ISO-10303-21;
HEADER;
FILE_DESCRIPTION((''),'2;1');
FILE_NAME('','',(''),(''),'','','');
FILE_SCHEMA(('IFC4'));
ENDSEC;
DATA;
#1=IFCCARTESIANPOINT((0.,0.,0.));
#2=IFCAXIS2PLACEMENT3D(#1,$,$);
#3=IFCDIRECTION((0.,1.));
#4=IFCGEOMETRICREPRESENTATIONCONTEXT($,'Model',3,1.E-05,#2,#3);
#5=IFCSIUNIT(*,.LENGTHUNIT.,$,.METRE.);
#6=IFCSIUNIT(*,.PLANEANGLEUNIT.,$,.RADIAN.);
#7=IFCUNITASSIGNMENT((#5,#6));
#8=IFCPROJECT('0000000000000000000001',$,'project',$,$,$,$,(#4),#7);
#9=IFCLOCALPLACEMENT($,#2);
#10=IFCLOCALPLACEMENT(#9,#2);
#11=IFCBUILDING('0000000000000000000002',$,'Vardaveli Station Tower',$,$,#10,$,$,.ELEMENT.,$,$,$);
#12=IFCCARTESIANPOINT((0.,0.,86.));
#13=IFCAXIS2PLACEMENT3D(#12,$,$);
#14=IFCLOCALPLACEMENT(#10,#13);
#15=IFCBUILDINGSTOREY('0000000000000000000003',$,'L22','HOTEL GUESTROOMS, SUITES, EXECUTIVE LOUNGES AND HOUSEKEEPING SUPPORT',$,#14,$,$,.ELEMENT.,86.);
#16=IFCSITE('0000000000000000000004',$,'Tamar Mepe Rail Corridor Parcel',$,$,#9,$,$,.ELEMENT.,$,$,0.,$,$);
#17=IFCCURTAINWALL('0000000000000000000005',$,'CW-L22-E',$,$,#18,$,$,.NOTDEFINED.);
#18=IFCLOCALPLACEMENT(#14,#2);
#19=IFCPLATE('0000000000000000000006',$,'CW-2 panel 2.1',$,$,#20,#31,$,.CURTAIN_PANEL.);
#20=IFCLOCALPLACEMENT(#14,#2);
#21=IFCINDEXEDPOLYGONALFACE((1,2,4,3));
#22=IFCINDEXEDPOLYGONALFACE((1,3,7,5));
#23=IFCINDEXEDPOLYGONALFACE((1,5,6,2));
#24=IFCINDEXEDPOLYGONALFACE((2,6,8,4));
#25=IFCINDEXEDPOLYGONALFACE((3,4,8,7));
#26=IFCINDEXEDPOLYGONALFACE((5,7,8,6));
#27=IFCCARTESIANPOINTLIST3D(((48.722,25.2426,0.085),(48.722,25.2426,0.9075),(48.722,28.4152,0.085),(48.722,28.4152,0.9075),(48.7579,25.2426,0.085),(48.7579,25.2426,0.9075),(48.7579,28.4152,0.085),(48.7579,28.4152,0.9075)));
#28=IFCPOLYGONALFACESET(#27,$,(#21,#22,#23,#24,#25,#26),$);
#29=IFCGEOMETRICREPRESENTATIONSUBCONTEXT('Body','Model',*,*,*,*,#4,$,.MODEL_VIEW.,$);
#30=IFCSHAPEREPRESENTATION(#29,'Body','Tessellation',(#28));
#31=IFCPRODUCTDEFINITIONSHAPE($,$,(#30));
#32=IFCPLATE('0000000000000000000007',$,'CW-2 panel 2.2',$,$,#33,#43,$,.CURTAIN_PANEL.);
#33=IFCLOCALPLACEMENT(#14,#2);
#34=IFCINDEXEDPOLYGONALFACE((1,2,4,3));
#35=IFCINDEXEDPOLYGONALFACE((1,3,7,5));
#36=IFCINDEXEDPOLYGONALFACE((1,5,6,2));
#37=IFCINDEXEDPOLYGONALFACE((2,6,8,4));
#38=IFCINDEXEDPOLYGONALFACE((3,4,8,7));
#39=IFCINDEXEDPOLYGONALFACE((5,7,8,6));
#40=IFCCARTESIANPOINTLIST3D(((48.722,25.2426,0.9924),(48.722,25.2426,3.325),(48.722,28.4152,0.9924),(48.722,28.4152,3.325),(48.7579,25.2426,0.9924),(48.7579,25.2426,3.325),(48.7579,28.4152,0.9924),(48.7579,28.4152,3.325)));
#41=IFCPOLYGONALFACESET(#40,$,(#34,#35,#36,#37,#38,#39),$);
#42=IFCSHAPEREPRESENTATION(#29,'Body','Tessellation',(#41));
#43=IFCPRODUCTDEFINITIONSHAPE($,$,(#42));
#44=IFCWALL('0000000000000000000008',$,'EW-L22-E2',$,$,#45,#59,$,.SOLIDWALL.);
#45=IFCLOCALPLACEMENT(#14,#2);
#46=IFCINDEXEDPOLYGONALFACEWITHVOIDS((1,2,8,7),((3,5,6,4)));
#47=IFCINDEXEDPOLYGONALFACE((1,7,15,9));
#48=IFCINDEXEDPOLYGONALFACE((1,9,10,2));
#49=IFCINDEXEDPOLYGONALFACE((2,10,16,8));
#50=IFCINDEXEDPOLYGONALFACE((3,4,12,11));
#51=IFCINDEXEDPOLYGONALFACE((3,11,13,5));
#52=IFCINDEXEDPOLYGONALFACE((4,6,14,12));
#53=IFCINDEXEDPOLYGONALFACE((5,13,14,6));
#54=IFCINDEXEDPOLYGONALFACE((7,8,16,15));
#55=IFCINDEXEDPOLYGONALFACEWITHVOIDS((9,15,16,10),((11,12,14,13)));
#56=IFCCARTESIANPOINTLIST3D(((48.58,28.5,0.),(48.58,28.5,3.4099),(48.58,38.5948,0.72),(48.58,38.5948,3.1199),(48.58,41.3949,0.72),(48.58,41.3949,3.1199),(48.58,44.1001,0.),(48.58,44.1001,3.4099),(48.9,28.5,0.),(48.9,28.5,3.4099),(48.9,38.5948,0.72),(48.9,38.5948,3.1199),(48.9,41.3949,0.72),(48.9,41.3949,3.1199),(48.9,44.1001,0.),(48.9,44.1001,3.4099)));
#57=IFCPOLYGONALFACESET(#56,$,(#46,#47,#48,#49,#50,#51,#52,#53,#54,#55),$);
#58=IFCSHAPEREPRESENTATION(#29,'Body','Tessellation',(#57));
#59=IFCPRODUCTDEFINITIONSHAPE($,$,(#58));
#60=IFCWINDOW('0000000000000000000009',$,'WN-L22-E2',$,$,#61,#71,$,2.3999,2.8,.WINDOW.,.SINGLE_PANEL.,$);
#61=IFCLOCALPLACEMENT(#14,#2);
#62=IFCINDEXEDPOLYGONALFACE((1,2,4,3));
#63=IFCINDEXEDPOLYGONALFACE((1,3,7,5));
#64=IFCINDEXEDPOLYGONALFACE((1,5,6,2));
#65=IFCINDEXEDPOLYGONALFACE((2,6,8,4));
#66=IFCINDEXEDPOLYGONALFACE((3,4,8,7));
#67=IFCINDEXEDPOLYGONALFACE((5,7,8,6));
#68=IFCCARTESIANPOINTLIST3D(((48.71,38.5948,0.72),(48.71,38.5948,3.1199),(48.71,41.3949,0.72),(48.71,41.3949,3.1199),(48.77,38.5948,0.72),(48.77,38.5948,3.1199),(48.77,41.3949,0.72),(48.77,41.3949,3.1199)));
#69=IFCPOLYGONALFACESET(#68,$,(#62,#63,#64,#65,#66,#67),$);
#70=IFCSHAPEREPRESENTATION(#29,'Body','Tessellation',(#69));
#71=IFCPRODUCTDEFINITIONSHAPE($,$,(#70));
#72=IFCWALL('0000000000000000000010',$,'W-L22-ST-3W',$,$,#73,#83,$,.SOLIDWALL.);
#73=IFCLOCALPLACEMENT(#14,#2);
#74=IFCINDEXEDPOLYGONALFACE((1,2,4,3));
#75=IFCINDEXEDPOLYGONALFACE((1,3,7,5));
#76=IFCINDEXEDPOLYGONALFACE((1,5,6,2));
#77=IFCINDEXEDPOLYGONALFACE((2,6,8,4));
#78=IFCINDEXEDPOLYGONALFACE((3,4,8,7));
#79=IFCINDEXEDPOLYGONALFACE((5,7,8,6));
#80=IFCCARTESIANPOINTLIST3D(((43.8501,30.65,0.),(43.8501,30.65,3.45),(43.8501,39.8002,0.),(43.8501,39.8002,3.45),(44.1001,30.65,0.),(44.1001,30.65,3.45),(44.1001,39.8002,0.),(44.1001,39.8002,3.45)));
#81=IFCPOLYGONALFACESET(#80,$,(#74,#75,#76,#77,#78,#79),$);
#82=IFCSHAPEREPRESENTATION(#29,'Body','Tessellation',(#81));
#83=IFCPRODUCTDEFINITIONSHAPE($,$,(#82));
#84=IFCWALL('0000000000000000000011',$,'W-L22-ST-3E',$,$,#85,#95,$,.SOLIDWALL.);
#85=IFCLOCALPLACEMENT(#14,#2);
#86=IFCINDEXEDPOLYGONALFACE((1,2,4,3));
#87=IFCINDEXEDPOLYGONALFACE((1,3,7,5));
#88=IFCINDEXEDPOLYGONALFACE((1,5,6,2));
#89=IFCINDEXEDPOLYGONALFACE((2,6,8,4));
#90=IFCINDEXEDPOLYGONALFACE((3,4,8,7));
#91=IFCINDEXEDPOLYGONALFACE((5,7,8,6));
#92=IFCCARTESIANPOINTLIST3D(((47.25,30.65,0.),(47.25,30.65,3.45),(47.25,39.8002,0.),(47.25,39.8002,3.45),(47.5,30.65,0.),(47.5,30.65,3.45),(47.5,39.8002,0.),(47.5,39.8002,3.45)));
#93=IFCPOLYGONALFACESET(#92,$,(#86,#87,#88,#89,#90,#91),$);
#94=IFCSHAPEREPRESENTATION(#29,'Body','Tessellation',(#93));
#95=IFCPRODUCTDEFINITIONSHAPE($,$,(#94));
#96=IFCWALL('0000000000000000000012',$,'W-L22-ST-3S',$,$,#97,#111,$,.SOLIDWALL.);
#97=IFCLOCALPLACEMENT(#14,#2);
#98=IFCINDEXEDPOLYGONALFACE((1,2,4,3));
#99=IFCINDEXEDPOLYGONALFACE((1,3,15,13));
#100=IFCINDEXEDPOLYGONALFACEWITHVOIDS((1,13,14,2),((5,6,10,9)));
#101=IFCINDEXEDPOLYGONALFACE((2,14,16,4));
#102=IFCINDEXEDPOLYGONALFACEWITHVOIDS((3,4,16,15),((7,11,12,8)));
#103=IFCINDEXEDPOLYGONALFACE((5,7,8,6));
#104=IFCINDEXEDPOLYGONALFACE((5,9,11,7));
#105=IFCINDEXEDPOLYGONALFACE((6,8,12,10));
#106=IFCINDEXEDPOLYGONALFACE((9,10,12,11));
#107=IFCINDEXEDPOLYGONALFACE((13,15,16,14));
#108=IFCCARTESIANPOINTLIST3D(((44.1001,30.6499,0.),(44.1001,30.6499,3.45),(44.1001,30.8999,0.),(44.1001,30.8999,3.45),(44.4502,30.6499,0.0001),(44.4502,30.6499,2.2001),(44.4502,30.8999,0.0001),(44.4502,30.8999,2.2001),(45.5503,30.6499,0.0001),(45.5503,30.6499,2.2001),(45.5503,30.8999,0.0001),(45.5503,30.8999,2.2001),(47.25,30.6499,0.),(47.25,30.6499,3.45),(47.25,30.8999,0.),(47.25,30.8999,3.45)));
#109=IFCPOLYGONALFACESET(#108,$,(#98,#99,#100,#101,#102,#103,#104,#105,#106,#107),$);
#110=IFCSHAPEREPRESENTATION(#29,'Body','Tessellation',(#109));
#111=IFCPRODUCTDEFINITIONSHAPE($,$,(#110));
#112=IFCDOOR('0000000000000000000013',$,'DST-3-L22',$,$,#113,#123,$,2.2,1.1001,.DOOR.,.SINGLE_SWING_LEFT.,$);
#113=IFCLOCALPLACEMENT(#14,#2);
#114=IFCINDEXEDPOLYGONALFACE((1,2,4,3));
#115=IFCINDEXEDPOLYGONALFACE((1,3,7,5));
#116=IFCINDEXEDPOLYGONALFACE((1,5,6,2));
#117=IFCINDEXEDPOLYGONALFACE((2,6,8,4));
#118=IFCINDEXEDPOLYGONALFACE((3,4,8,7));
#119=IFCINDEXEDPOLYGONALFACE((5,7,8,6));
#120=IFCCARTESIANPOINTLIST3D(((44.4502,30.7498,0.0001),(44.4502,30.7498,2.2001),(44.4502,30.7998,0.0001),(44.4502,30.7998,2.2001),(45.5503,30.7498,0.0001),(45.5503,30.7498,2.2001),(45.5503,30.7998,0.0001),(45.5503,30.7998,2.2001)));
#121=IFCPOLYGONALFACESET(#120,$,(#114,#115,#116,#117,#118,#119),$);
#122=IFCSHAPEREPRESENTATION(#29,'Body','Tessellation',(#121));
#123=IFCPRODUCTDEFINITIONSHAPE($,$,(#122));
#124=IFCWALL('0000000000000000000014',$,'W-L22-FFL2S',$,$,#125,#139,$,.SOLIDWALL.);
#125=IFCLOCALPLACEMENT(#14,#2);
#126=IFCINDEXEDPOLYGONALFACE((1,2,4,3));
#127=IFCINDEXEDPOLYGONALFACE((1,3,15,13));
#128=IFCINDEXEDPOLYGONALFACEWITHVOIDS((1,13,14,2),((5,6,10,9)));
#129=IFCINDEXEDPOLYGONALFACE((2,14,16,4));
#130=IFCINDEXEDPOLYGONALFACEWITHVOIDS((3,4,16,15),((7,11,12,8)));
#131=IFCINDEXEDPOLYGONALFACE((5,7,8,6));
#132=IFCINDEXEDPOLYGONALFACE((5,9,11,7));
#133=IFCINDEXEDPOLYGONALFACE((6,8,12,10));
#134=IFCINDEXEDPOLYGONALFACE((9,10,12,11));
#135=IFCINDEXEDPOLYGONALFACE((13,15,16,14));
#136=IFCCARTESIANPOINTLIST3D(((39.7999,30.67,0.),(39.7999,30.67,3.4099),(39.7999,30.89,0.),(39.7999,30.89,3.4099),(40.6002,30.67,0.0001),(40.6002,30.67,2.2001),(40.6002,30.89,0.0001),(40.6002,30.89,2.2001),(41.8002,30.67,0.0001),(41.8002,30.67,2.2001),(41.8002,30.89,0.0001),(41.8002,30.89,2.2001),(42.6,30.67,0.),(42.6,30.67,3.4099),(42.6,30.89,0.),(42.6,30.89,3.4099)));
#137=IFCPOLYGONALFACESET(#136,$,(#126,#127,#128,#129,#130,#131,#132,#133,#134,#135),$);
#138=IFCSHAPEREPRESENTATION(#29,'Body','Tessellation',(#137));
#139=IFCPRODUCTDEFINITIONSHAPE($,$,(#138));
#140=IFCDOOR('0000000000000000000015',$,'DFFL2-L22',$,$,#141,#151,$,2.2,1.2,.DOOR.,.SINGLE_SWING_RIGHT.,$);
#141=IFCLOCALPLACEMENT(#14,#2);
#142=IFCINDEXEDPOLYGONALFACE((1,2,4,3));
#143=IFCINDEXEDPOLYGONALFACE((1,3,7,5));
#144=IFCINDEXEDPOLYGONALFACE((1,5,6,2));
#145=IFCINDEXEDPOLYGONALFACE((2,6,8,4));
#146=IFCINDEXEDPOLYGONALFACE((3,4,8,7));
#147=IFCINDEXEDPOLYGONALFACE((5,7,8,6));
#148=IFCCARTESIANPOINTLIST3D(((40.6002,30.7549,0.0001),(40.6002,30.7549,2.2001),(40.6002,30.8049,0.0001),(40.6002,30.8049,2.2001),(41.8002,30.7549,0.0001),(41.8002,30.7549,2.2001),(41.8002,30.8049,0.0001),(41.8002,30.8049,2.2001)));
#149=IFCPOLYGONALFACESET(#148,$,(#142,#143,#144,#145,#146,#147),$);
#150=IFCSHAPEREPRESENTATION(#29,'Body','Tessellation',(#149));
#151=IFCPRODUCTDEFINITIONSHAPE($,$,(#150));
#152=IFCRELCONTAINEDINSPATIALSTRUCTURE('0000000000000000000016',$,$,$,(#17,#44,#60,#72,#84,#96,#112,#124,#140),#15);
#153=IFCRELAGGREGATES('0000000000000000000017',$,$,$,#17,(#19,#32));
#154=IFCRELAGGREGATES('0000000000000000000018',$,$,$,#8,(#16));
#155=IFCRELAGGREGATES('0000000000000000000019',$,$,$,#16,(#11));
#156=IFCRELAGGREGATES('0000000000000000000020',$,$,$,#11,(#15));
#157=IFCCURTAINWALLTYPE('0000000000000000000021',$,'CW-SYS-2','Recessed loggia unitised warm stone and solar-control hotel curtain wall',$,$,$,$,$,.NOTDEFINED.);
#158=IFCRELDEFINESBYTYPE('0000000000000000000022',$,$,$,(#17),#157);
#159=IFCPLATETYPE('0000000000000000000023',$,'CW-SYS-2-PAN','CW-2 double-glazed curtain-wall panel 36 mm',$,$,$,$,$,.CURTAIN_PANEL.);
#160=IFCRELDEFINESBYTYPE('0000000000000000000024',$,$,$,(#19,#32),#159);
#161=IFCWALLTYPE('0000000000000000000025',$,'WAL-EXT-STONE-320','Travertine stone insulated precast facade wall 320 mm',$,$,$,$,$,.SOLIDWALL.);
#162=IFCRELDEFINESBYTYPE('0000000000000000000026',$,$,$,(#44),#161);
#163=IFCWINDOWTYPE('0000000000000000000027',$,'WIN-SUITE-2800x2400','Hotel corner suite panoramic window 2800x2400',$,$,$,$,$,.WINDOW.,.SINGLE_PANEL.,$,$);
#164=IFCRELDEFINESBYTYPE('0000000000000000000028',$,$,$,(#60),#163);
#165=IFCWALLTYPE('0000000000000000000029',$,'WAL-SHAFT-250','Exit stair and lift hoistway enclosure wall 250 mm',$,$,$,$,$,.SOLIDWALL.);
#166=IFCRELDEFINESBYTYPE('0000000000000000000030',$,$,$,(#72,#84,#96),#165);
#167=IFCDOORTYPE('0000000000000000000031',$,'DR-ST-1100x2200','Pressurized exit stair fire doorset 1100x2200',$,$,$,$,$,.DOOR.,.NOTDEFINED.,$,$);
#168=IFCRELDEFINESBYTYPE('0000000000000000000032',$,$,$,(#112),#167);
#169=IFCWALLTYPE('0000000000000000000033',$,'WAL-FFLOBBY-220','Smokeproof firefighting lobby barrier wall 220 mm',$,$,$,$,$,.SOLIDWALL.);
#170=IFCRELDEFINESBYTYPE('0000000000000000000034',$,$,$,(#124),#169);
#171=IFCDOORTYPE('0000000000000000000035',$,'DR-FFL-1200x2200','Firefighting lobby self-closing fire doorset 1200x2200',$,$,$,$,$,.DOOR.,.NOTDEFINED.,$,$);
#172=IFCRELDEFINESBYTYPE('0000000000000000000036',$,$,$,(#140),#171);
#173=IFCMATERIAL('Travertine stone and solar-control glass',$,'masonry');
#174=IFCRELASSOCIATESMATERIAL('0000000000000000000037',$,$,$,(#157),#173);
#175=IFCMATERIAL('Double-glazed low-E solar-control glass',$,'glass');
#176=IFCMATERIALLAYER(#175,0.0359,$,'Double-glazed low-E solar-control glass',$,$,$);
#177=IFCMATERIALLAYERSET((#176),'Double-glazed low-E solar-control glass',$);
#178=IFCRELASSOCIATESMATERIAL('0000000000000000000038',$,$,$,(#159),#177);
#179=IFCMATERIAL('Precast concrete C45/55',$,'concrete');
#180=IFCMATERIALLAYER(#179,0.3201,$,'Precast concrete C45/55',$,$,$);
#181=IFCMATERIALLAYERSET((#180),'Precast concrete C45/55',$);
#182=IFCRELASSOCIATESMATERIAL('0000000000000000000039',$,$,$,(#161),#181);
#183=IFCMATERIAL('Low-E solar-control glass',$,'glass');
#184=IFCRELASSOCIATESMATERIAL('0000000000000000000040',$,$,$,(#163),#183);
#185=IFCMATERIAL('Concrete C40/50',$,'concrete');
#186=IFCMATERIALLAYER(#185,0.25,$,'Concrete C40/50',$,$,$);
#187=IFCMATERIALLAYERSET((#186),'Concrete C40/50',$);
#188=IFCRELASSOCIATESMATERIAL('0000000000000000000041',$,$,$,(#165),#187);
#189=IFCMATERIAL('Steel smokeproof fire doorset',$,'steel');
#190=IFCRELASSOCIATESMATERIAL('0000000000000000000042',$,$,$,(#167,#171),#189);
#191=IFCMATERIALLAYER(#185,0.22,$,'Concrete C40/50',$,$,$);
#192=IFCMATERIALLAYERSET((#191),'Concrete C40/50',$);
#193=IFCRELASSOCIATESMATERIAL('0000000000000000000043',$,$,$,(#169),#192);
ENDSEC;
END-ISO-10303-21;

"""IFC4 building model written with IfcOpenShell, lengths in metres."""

from ifc_helpers import new_model, si_unit, direction, frame, frame_2d, origin, origin_2d, place, context, subcontext, project, spatial, rectangle, extrude, source, transform, mapped, material, layer, layer_set, type_object, element, fill, aggregate, save


model = new_model("IFC4")

# Units and contexts
model_context = context("Model", 3, precision=1e-05, world=origin(), true_north=direction((0.0, 1.0)))
body_context = subcontext(model_context, "Body", "Model", "MODEL_VIEW")
ifc_project = project(units=[si_unit("LENGTHUNIT", "METRE"), si_unit("PLANEANGLEUNIT", "RADIAN")], contexts=[model_context])

# Site, building, storey
site_placement = place(None, origin())
site = spatial("IfcSite", under=ifc_project, at=site_placement, Name="Tamar Mepe Rail Corridor Parcel", CompositionType="ELEMENT", RefElevation=0.0)
building_placement = place(site_placement, origin())
building = spatial("IfcBuilding", under=site, at=building_placement, Name="Vardaveli Station Tower", CompositionType="ELEMENT")
storey_placement = place(building_placement, frame((0.0, 0.0, 86.0)))
storey = spatial("IfcBuildingStorey", under=building, at=storey_placement, Name="L22", Description="HOTEL GUESTROOMS, SUITES, EXECUTIVE LOUNGES AND HOUSEKEEPING SUPPORT", CompositionType="ELEMENT", Elevation=86.0)

# Shared definitions
ifc_material_1 = material(Name="Precast concrete C45/55", Category="concrete")

# Curtain wall, plates
ifc_material_2 = material(Name="Travertine stone and solar-control glass", Category="masonry")
curtain_wall_type = type_object("IfcCurtainWallType", Name="CW-SYS-2", Description="Recessed loggia unitised warm stone and solar-control hotel curtain wall", PredefinedType="NOTDEFINED", material=ifc_material_2)
curtain_wall_placement = place(storey_placement, origin())
curtain_wall = element("IfcCurtainWall", 1, at=curtain_wall_placement, inside=storey, type_object=curtain_wall_type, Name="CW-L22-E", PredefinedType="NOTDEFINED")
ifc_material_3 = material(Name="Double-glazed low-E solar-control glass", Category="glass")
ifc_layer_1 = layer(ifc_material_3, 0.0359, Name="Double-glazed low-E solar-control glass")
ifc_layer_set_1 = layer_set([ifc_layer_1], Name="Double-glazed low-E solar-control glass")
plate_type = type_object("IfcPlateType", Name="CW-SYS-2-PAN", Description="CW-2 double-glazed curtain-wall panel 36 mm", PredefinedType="CURTAIN_PANEL", material=ifc_layer_set_1)
shared_shape_1 = source(origin(), body_context, "Body", "SweptSolid", [
    extrude(rectangle(XDim=3.1726, YDim=0.0359, at=origin_2d()), origin(), (0.0, 0.0, 1.0), 0.8225),
])
plate_1_placement = place(storey_placement, frame((48.74, 26.8289, 0.085), z_axis=(0.0, 0.0, 1.0), x_axis=(0.0, 1.0, 0.0)))
plate_1 = element("IfcPlate", 2, at=plate_1_placement, type_object=plate_type, Name="CW-2 panel 2.1", PredefinedType="CURTAIN_PANEL", context=body_context, shape_type="MappedRepresentation", body=[
    mapped(shared_shape_1, transform((0.0, 0.0, 0.0), scale=1.0)),
])
shared_shape_2 = source(origin(), body_context, "Body", "SweptSolid", [
    extrude(rectangle(XDim=3.1726, YDim=0.0359, at=origin_2d()), origin(), (0.0, 0.0, 1.0), 2.3325),
])
plate_2_placement = place(storey_placement, frame((48.74, 26.8289, 0.9924), z_axis=(0.0, 0.0, 1.0), x_axis=(0.0, 1.0, 0.0)))
plate_2 = element("IfcPlate", 3, at=plate_2_placement, type_object=plate_type, Name="CW-2 panel 2.2", PredefinedType="CURTAIN_PANEL", context=body_context, shape_type="MappedRepresentation", body=[
    mapped(shared_shape_2, transform((0.0, 0.0, 0.0), scale=1.0)),
])
aggregate(curtain_wall, [plate_1, plate_2])

# Wall, opening, window
ifc_layer_2 = layer(ifc_material_1, 0.3201, Name="Precast concrete C45/55")
ifc_layer_set_2 = layer_set([ifc_layer_2], Name="Precast concrete C45/55")
wall_type_1 = type_object("IfcWallType", Name="WAL-EXT-STONE-320", Description="Travertine stone insulated precast facade wall 320 mm", PredefinedType="SOLIDWALL", material=ifc_layer_set_2)
shared_shape_3 = source(origin(), body_context, "Body", "SweptSolid", [
    extrude(rectangle(XDim=15.6001, YDim=0.3201, at=frame_2d((7.8, 0.0))), origin(), (0.0, 0.0, 1.0), 3.4099),
])
wall_1_placement = place(storey_placement, frame((48.74, 28.5, 0.0), z_axis=(0.0, 0.0, 1.0), x_axis=(0.0, 1.0, 0.0)))
wall_1 = element("IfcWall", 4, at=wall_1_placement, inside=storey, type_object=wall_type_1, Name="EW-L22-E2", PredefinedType="SOLIDWALL", context=body_context, shape_type="MappedRepresentation", body=[
    mapped(shared_shape_3, transform((0.0, 0.0, 0.0), scale=1.0)),
])
shared_shape_4 = source(origin(), body_context, "Body", "SweptSolid", [
    extrude(rectangle(XDim=2.8, YDim=2.3999, at=frame_2d((1.3999, 1.2))), frame((0.0, 0.1699, 0.0), z_axis=(0.0, -1.0, 0.0), x_axis=(1.0, 0.0, 0.0)), (0.0, 0.0, 1.0), 0.3401),
])
opening_1_placement = place(wall_1_placement, frame((10.095, 0.0, 0.72)))
opening_1 = element("IfcOpeningElement", 5, at=opening_1_placement, cuts=wall_1, PredefinedType="OPENING", context=body_context, shape_type="MappedRepresentation", body=[
    mapped(shared_shape_4, transform((0.0, 0.0, 0.0), scale=1.0)),
])
ifc_material_4 = material(Name="Low-E solar-control glass", Category="glass")
window_type = type_object("IfcWindowType", Name="WIN-SUITE-2800x2400", Description="Hotel corner suite panoramic window 2800x2400", PartitioningType="SINGLE_PANEL", PredefinedType="WINDOW", material=ifc_material_4)
shared_shape_5 = source(origin(), body_context, "Body", "SweptSolid", [
    extrude(rectangle(XDim=2.8, YDim=2.3999, at=frame_2d((1.3999, 1.2))), frame((0.0, 0.03, 0.0), z_axis=(0.0, -1.0, 0.0), x_axis=(1.0, 0.0, 0.0)), (0.0, 0.0, 1.0), 0.0601),
])
window_placement = place(opening_1_placement, origin())
window = element("IfcWindow", 6, at=window_placement, inside=storey, type_object=window_type, Name="WN-L22-E2", OverallHeight=2.3999, OverallWidth=2.8, PartitioningType="SINGLE_PANEL", PredefinedType="WINDOW", context=body_context, shape_type="MappedRepresentation", body=[
    mapped(shared_shape_5, transform((0.0, 0.0, 0.0), scale=1.0)),
])
fill(opening_1, window)

# Walls
ifc_material_5 = material(Name="Concrete C40/50", Category="concrete")
ifc_layer_3 = layer(ifc_material_5, 0.25, Name="Concrete C40/50")
ifc_layer_set_3 = layer_set([ifc_layer_3], Name="Concrete C40/50")
wall_type_2 = type_object("IfcWallType", Name="WAL-SHAFT-250", Description="Exit stair and lift hoistway enclosure wall 250 mm", PredefinedType="SOLIDWALL", material=ifc_layer_set_3)
shared_shape_6 = source(origin(), body_context, "Body", "SweptSolid", [
    extrude(rectangle(XDim=9.1501, YDim=0.25, at=frame_2d((4.5752, 0.0))), origin(), (0.0, 0.0, 1.0), 3.45),
])
for number, where, z_axis, x_axis, name in (
    (7, (43.9751, 30.6499, 0.0), (0.0, 0.0, 1.0), (0.0, 1.0, 0.0), "W-L22-ST-3W"),
    (8, (47.375, 30.6499, 0.0), (0.0, 0.0, 1.0), (0.0, 1.0, 0.0), "W-L22-ST-3E"),
):
    element("IfcWall", number, at=place(storey_placement, frame(where, z_axis=z_axis, x_axis=x_axis)), inside=storey, type_object=wall_type_2, Name=name, PredefinedType="SOLIDWALL", context=body_context, shape_type="MappedRepresentation", body=[
        mapped(shared_shape_6, transform((0.0, 0.0, 0.0), scale=1.0)),
    ])

# Walls, openings, doors
shared_shape_7 = source(origin(), body_context, "Body", "SweptSolid", [
    extrude(rectangle(XDim=3.1499, YDim=0.25, at=frame_2d((1.575, 0.0))), origin(), (0.0, 0.0, 1.0), 3.45),
])
wall_2_placement = place(storey_placement, frame((44.1001, 30.7749, 0.0), z_axis=(0.0, 0.0, 1.0), x_axis=(1.0, 0.0, 0.0)))
wall_2 = element("IfcWall", 9, at=wall_2_placement, inside=storey, type_object=wall_type_2, Name="W-L22-ST-3S", PredefinedType="SOLIDWALL", context=body_context, shape_type="MappedRepresentation", body=[
    mapped(shared_shape_7, transform((0.0, 0.0, 0.0), scale=1.0)),
])
shared_shape_8 = source(origin(), body_context, "Body", "SweptSolid", [
    extrude(rectangle(XDim=1.1001, YDim=2.2, at=frame_2d((0.55, 1.1001))), frame((0.0, 0.135, 0.0), z_axis=(0.0, -1.0, 0.0), x_axis=(1.0, 0.0, 0.0)), (0.0, 0.0, 1.0), 0.27),
])
opening_2_placement = place(wall_2_placement, frame((0.3501, 0.0, 0.0)))
opening_2 = element("IfcOpeningElement", 10, at=opening_2_placement, cuts=wall_2, PredefinedType="OPENING", context=body_context, shape_type="MappedRepresentation", body=[
    mapped(shared_shape_8, transform((0.0, 0.0, 0.0), scale=1.0)),
])
ifc_material_6 = material(Name="Steel smokeproof fire doorset", Category="steel")
door_type_1 = type_object("IfcDoorType", Name="DR-ST-1100x2200", Description="Pressurized exit stair fire doorset 1100x2200", OperationType="NOTDEFINED", PredefinedType="DOOR", material=ifc_material_6)
shared_shape_9 = source(origin(), body_context, "Body", "SweptSolid", [
    extrude(rectangle(XDim=1.1001, YDim=2.2, at=frame_2d((0.55, 1.1001))), frame((0.0, 0.0249, 0.0), z_axis=(0.0, -1.0, 0.0), x_axis=(1.0, 0.0, 0.0)), (0.0, 0.0, 1.0), 0.05),
])
door_1_placement = place(opening_2_placement, origin())
door_1 = element("IfcDoor", 11, at=door_1_placement, inside=storey, type_object=door_type_1, Name="DST-3-L22", OperationType="SINGLE_SWING_LEFT", OverallHeight=2.2, OverallWidth=1.1001, PredefinedType="DOOR", context=body_context, shape_type="MappedRepresentation", body=[
    mapped(shared_shape_9, transform((0.0, 0.0, 0.0), scale=1.0)),
])
fill(opening_2, door_1)
ifc_layer_4 = layer(ifc_material_5, 0.22, Name="Concrete C40/50")
ifc_layer_set_4 = layer_set([ifc_layer_4], Name="Concrete C40/50")
wall_type_3 = type_object("IfcWallType", Name="WAL-FFLOBBY-220", Description="Smokeproof firefighting lobby barrier wall 220 mm", PredefinedType="SOLIDWALL", material=ifc_layer_set_4)
shared_shape_10 = source(origin(), body_context, "Body", "SweptSolid", [
    extrude(rectangle(XDim=2.8, YDim=0.22, at=frame_2d((1.3999, 0.0))), origin(), (0.0, 0.0, 1.0), 3.4099),
])
wall_3_placement = place(storey_placement, frame((39.8, 30.78, 0.0), z_axis=(0.0, 0.0, 1.0), x_axis=(1.0, 0.0, 0.0)))
wall_3 = element("IfcWall", 12, at=wall_3_placement, inside=storey, type_object=wall_type_3, Name="W-L22-FFL2S", PredefinedType="SOLIDWALL", context=body_context, shape_type="MappedRepresentation", body=[
    mapped(shared_shape_10, transform((0.0, 0.0, 0.0), scale=1.0)),
])
shared_shape_11 = source(origin(), body_context, "Body", "SweptSolid", [
    extrude(rectangle(XDim=1.2, YDim=2.2, at=frame_2d((0.6001, 1.1001))), frame((0.0, 0.1201, 0.0), z_axis=(0.0, -1.0, 0.0), x_axis=(1.0, 0.0, 0.0)), (0.0, 0.0, 1.0), 0.24),
])
opening_3_placement = place(wall_3_placement, frame((0.8, 0.0, 0.0)))
opening_3 = element("IfcOpeningElement", 13, at=opening_3_placement, cuts=wall_3, PredefinedType="OPENING", context=body_context, shape_type="MappedRepresentation", body=[
    mapped(shared_shape_11, transform((0.0, 0.0, 0.0), scale=1.0)),
])
door_type_2 = type_object("IfcDoorType", Name="DR-FFL-1200x2200", Description="Firefighting lobby self-closing fire doorset 1200x2200", OperationType="NOTDEFINED", PredefinedType="DOOR", material=ifc_material_6)
shared_shape_12 = source(origin(), body_context, "Body", "SweptSolid", [
    extrude(rectangle(XDim=1.2, YDim=2.2, at=frame_2d((0.6001, 1.1001))), frame((0.0, 0.0249, 0.0), z_axis=(0.0, -1.0, 0.0), x_axis=(1.0, 0.0, 0.0)), (0.0, 0.0, 1.0), 0.05),
])
door_2_placement = place(opening_3_placement, origin())
door_2 = element("IfcDoor", 14, at=door_2_placement, inside=storey, type_object=door_type_2, Name="DFFL2-L22", OperationType="SINGLE_SWING_RIGHT", OverallHeight=2.2, OverallWidth=1.2, PredefinedType="DOOR", context=body_context, shape_type="MappedRepresentation", body=[
    mapped(shared_shape_12, transform((0.0, 0.0, 0.0), scale=1.0)),
])
fill(opening_3, door_2)

save(model, "model.ifc")
